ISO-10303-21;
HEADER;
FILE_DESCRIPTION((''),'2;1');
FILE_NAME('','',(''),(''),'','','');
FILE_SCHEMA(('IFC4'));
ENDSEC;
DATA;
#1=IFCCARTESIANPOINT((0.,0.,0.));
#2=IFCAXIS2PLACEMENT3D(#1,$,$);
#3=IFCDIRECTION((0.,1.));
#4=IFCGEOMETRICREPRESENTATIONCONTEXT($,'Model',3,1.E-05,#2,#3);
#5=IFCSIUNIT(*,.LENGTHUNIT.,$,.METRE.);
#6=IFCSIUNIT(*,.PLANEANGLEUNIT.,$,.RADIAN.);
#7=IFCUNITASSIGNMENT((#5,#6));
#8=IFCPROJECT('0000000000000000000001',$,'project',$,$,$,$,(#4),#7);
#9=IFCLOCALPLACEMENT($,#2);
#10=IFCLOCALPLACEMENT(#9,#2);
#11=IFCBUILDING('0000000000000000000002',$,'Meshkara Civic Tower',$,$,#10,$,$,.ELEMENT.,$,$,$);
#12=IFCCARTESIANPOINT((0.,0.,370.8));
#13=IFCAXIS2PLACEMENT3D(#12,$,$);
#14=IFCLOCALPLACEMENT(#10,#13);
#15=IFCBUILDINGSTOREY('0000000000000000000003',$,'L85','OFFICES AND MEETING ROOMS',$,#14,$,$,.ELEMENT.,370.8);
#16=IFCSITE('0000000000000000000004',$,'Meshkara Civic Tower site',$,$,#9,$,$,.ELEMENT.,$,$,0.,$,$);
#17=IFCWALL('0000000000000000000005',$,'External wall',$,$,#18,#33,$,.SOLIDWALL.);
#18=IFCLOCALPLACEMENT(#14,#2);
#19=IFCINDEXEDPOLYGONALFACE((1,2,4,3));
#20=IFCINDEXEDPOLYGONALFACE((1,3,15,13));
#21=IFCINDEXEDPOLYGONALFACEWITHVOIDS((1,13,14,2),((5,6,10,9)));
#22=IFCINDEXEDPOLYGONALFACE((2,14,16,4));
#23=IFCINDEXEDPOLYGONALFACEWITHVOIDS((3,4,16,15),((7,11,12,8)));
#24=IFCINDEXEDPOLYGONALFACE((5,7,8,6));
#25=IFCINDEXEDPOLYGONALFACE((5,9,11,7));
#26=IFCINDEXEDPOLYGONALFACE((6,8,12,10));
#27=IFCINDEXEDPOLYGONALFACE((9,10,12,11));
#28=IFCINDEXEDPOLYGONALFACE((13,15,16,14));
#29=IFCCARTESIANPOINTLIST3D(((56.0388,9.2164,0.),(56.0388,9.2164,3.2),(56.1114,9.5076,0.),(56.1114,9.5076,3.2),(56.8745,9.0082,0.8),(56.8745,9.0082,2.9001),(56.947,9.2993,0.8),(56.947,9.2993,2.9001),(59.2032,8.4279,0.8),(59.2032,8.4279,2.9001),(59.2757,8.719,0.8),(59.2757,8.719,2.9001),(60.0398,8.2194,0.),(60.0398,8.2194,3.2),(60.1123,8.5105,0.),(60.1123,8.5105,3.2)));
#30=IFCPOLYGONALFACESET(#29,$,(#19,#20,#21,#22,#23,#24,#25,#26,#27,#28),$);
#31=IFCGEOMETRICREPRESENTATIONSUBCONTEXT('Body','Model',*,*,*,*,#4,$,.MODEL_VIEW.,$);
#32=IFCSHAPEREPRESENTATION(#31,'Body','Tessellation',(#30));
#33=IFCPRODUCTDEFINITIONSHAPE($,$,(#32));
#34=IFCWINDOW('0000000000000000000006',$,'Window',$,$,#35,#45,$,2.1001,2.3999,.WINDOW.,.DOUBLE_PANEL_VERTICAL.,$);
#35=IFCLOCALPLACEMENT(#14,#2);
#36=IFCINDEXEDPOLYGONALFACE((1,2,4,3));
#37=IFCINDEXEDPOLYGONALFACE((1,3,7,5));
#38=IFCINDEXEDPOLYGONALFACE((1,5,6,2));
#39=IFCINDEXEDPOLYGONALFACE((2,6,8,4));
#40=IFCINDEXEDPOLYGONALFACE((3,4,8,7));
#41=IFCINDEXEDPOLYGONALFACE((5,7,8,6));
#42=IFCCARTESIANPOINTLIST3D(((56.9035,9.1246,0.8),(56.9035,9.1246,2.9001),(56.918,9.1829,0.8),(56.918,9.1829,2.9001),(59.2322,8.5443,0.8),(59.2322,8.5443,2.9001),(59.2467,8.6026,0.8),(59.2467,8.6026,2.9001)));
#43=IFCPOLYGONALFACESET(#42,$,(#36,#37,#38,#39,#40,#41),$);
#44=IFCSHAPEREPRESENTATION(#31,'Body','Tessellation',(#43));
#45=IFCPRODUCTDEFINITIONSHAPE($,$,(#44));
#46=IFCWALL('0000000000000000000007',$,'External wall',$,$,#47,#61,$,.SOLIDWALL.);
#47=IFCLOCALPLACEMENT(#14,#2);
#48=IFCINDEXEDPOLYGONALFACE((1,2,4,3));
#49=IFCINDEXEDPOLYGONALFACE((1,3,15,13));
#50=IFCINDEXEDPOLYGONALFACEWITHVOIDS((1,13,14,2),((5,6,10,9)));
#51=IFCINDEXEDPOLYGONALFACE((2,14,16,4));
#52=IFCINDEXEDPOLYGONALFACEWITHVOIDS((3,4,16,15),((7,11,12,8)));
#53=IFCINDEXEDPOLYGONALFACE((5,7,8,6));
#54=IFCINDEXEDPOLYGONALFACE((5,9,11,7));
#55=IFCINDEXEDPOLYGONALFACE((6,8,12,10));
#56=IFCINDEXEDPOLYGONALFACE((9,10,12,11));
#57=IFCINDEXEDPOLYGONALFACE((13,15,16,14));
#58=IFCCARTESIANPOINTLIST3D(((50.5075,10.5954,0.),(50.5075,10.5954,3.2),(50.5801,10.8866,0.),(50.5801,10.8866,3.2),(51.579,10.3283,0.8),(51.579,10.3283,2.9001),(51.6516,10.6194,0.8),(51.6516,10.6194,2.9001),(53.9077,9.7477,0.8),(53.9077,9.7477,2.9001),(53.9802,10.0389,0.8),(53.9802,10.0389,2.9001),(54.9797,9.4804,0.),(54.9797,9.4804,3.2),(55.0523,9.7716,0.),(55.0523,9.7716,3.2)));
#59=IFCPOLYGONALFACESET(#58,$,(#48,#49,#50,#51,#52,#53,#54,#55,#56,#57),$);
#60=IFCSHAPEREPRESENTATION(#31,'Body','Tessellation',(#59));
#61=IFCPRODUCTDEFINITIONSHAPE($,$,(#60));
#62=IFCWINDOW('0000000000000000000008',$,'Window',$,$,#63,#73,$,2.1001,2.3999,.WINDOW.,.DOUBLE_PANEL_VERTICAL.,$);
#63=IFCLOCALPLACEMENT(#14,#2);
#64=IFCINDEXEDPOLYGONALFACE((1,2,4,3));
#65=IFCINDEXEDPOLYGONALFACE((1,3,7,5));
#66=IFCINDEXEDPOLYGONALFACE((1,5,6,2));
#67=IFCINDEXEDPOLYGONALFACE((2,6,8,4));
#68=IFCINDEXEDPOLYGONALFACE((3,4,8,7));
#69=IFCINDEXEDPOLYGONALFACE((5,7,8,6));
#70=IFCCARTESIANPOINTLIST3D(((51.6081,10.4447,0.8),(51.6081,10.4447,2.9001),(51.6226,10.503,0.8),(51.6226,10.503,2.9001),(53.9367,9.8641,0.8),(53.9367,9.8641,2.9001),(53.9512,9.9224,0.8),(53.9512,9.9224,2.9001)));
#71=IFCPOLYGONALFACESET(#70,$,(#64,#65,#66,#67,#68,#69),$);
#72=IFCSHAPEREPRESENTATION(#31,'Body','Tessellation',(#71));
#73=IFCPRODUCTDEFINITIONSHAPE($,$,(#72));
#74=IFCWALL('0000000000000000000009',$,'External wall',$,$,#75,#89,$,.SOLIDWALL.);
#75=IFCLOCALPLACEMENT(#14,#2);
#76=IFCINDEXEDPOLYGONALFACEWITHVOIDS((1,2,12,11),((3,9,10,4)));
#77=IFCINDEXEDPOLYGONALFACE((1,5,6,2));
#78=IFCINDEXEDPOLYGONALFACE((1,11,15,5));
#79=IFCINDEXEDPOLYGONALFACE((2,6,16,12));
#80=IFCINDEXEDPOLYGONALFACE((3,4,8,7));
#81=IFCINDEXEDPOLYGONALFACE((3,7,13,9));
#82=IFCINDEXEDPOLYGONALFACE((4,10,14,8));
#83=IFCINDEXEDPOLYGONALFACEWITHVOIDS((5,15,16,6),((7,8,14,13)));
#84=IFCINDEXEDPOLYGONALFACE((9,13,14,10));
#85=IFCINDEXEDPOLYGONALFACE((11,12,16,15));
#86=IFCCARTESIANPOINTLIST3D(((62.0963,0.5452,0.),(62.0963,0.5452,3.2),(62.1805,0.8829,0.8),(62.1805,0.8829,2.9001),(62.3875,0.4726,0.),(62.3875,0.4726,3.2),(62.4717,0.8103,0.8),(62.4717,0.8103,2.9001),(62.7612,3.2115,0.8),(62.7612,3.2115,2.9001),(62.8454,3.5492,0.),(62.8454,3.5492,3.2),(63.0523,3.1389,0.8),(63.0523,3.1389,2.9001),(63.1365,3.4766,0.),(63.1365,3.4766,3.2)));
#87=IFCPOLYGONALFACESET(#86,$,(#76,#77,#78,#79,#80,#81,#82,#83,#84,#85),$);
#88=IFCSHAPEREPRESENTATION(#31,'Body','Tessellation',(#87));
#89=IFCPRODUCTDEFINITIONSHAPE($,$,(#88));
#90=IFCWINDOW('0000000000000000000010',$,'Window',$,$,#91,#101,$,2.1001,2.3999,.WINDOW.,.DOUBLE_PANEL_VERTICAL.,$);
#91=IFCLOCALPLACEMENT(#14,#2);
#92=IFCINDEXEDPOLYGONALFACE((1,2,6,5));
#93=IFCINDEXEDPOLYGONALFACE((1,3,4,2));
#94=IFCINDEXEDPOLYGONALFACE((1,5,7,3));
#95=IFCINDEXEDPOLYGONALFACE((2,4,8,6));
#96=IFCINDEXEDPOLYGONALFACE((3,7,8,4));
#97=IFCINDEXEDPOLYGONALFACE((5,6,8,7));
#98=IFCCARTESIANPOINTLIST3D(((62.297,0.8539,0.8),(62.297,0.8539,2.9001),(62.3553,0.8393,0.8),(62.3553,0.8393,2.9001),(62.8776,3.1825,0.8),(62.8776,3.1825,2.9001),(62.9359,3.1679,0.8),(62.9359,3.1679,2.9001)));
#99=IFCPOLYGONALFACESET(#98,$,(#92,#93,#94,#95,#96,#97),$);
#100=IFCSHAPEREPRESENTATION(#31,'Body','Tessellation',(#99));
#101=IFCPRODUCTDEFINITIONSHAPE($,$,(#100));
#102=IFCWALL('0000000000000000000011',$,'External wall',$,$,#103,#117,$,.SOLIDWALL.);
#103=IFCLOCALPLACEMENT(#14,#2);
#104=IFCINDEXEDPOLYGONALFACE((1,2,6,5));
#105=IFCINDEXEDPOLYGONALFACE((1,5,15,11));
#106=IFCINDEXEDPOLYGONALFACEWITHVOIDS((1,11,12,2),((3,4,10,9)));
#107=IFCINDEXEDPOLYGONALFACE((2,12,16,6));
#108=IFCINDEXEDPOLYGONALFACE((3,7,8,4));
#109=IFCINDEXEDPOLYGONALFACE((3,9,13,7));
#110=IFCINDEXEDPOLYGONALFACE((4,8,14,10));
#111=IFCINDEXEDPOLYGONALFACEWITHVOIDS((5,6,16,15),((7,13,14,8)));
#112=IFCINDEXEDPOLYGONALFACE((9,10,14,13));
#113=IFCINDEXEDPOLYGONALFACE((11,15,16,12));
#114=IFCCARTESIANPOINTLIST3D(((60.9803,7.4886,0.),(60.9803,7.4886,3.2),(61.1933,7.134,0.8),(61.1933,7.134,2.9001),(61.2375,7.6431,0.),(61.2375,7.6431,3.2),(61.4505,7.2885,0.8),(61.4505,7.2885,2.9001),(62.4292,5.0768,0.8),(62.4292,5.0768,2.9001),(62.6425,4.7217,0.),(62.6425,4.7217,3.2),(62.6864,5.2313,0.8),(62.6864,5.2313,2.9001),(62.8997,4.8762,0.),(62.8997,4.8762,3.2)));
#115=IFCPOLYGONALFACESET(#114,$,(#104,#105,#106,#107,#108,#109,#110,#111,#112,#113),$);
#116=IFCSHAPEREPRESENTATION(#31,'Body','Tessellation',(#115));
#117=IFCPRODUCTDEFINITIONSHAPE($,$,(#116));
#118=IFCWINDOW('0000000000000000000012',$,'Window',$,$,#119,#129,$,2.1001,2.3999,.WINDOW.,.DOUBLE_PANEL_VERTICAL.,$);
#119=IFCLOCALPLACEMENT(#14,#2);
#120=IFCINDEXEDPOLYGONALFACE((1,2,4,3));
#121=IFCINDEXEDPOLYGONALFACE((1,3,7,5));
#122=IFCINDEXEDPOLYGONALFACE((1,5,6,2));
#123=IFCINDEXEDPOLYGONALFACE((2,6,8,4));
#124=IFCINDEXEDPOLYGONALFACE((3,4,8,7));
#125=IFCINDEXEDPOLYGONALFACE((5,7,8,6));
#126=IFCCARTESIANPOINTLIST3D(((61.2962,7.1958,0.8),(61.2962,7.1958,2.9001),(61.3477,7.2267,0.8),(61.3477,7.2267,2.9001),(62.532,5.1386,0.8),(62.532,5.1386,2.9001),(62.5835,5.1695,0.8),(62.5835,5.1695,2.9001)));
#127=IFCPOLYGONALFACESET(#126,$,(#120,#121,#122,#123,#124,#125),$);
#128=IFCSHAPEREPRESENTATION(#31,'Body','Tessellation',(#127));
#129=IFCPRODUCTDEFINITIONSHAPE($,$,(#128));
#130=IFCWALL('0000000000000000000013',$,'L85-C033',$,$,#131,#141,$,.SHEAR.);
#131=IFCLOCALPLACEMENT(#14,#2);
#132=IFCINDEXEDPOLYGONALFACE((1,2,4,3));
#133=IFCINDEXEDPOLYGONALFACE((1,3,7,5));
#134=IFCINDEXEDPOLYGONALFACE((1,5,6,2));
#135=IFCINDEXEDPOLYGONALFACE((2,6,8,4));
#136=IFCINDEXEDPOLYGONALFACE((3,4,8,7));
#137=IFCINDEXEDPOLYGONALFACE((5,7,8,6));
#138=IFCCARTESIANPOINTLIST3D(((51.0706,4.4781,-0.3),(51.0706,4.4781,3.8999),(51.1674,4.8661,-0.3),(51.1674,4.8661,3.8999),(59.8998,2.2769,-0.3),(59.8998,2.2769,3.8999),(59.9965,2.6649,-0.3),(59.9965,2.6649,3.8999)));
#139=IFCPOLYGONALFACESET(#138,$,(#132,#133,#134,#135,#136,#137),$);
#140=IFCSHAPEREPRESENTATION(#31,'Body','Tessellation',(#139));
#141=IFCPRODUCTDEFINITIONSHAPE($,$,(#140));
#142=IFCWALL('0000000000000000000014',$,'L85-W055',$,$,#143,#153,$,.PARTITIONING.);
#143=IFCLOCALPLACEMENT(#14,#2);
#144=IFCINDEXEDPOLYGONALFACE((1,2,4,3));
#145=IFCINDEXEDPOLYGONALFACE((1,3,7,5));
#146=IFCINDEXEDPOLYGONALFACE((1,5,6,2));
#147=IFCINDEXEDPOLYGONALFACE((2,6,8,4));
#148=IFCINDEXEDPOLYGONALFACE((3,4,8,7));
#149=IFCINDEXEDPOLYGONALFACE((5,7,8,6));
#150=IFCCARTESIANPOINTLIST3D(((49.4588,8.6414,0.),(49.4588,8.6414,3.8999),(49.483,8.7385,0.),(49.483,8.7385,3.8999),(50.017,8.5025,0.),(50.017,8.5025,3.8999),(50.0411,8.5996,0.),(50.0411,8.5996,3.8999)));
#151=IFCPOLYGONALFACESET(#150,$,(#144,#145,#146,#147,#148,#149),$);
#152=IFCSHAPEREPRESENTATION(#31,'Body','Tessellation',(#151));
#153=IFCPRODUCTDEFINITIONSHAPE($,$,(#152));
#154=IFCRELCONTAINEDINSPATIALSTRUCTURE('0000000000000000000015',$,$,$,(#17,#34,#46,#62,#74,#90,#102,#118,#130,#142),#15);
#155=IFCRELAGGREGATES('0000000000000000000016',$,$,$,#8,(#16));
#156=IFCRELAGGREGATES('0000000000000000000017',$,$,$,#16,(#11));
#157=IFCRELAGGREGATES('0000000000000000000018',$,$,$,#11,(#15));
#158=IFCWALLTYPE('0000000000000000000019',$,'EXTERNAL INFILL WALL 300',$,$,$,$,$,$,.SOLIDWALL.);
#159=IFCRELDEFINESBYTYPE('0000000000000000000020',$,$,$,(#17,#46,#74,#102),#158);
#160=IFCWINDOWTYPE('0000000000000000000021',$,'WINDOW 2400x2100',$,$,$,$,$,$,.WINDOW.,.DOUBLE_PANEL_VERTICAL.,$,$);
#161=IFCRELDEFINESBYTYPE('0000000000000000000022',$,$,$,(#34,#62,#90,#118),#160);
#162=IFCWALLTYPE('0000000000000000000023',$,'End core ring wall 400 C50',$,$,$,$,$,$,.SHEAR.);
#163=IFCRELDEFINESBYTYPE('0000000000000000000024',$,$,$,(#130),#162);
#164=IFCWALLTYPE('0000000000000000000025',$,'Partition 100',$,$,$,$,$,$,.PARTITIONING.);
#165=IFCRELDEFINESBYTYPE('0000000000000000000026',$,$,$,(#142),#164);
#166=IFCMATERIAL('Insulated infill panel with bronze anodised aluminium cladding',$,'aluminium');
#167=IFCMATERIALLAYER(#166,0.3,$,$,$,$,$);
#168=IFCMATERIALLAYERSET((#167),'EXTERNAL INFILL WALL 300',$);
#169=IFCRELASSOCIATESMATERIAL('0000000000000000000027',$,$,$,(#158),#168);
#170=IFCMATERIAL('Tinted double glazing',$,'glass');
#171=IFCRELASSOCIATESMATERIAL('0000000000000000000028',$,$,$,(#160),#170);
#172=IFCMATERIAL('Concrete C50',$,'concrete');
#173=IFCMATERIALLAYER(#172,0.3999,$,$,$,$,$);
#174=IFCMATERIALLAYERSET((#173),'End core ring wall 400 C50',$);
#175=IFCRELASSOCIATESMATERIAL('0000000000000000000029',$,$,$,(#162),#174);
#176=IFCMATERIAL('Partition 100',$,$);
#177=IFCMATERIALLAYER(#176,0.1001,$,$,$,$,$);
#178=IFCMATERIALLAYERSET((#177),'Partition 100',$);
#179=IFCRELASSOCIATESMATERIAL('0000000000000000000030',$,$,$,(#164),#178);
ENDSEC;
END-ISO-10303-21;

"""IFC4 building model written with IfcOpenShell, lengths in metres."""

from ifc_helpers import new_model, si_unit, direction, frame, frame_2d, origin, place, context, subcontext, project, spatial, rectangle, extrude, material, layer, layer_set, type_object, element, fill, save


model = new_model("IFC4")

# Units and contexts
model_context = context("Model", 3, precision=1e-05, world=origin(), true_north=direction((0.0, 1.0)))
body_context = subcontext(model_context, "Body", "Model", "MODEL_VIEW")
ifc_project = project(units=[si_unit("LENGTHUNIT", "METRE"), si_unit("PLANEANGLEUNIT", "RADIAN")], contexts=[model_context])

# Site, building, storey
site_placement = place(None, origin())
site = spatial("IfcSite", under=ifc_project, at=site_placement, Name="Meshkara Civic Tower site", CompositionType="ELEMENT", RefElevation=0.0)
building_placement = place(site_placement, origin())
building = spatial("IfcBuilding", under=site, at=building_placement, Name="Meshkara Civic Tower", CompositionType="ELEMENT")
storey_placement = place(building_placement, frame((0.0, 0.0, 370.8)))
storey = spatial("IfcBuildingStorey", under=building, at=storey_placement, Name="L85", Description="OFFICES AND MEETING ROOMS", CompositionType="ELEMENT", Elevation=370.8)

# Walls, openings, windows
ifc_material_1 = material(Name="Insulated infill panel with bronze anodised aluminium cladding", Category="aluminium")
ifc_layer_1 = layer(ifc_material_1, 0.3)
ifc_layer_set_1 = layer_set([ifc_layer_1], Name="EXTERNAL INFILL WALL 300")
wall_type_1 = type_object("IfcWallType", Name="EXTERNAL INFILL WALL 300", PredefinedType="SOLIDWALL", material=ifc_layer_set_1)
wall_1_placement = place(storey_placement, frame((60.0759, 8.365, 0.0), z_axis=(0.0, 0.0, 1.0), x_axis=(-0.970323, 0.241811, 0.0)))
wall_1 = element("IfcWall", 1, at=wall_1_placement, inside=storey, type_object=wall_type_1, Name="External wall", PredefinedType="SOLIDWALL", context=body_context, shape_type="SweptSolid", body=[
    extrude(rectangle(XDim=4.1233, YDim=0.3, at=frame_2d((2.0615, 0.0))), origin(), (0.0, 0.0, 1.0), 3.2),
])
opening_1_placement = place(wall_1_placement, frame((0.8621, 0.0, 0.8)))
opening_1 = element("IfcOpeningElement", 2, at=opening_1_placement, cuts=wall_1, PredefinedType="OPENING", context=body_context, shape_type="SweptSolid", body=[
    extrude(rectangle(XDim=2.3999, YDim=2.1001, at=frame_2d((1.2, 1.05))), frame((0.0, 0.1599, 0.0), z_axis=(0.0, -1.0, 0.0), x_axis=(1.0, 0.0, 0.0)), (0.0, 0.0, 1.0), 0.3201),
])
ifc_material_2 = material(Name="Tinted double glazing", Category="glass")
window_type = type_object("IfcWindowType", Name="WINDOW 2400x2100", PartitioningType="DOUBLE_PANEL_VERTICAL", PredefinedType="WINDOW", material=ifc_material_2)
window_1_placement = place(opening_1_placement, origin())
window_1 = element("IfcWindow", 3, at=window_1_placement, inside=storey, type_object=window_type, Name="Window", OverallHeight=2.1001, OverallWidth=2.3999, PartitioningType="DOUBLE_PANEL_VERTICAL", PredefinedType="WINDOW", context=body_context, shape_type="SweptSolid", body=[
    extrude(rectangle(XDim=2.3999, YDim=2.1001, at=frame_2d((1.2, 1.05))), frame((0.0, 0.03, 0.0), z_axis=(0.0, -1.0, 0.0), x_axis=(1.0, 0.0, 0.0)), (0.0, 0.0, 1.0), 0.0601),
])
fill(opening_1, window_1)
wall_2_placement = place(storey_placement, frame((55.0161, 9.626, 0.0), z_axis=(0.0, 0.0, 1.0), x_axis=(-0.970298, 0.241912, 0.0)))
wall_2 = element("IfcWall", 4, at=wall_2_placement, inside=storey, type_object=wall_type_1, Name="External wall", PredefinedType="SOLIDWALL", context=body_context, shape_type="SweptSolid", body=[
    extrude(rectangle(XDim=4.6091, YDim=0.3, at=frame_2d((2.3047, 0.0))), origin(), (0.0, 0.0, 1.0), 3.2),
])
opening_2_placement = place(wall_2_placement, frame((1.105, 0.0, 0.8)))
opening_2 = element("IfcOpeningElement", 5, at=opening_2_placement, cuts=wall_2, PredefinedType="OPENING", context=body_context, shape_type="SweptSolid", body=[
    extrude(rectangle(XDim=2.3999, YDim=2.1001, at=frame_2d((1.2, 1.05))), frame((0.0, 0.1599, 0.0), z_axis=(0.0, -1.0, 0.0), x_axis=(1.0, 0.0, 0.0)), (0.0, 0.0, 1.0), 0.3201),
])
window_2_placement = place(opening_2_placement, origin())
window_2 = element("IfcWindow", 6, at=window_2_placement, inside=storey, type_object=window_type, Name="Window", OverallHeight=2.1001, OverallWidth=2.3999, PartitioningType="DOUBLE_PANEL_VERTICAL", PredefinedType="WINDOW", context=body_context, shape_type="SweptSolid", body=[
    extrude(rectangle(XDim=2.3999, YDim=2.1001, at=frame_2d((1.2, 1.05))), frame((0.0, 0.03, 0.0), z_axis=(0.0, -1.0, 0.0), x_axis=(1.0, 0.0, 0.0)), (0.0, 0.0, 1.0), 0.0601),
])
fill(opening_2, window_2)
wall_3_placement = place(storey_placement, frame((62.2419, 0.509, 0.0), z_axis=(0.0, 0.0, 1.0), x_axis=(0.241942, 0.970291, 0.0)))
wall_3 = element("IfcWall", 7, at=wall_3_placement, inside=storey, type_object=wall_type_1, Name="External wall", PredefinedType="SOLIDWALL", context=body_context, shape_type="SweptSolid", body=[
    extrude(rectangle(XDim=3.0959, YDim=0.3, at=frame_2d((1.5479, 0.0))), origin(), (0.0, 0.0, 1.0), 3.2),
])
opening_3_placement = place(wall_3_placement, frame((0.3479, 0.0, 0.8)))
opening_3 = element("IfcOpeningElement", 8, at=opening_3_placement, cuts=wall_3, PredefinedType="OPENING", context=body_context, shape_type="SweptSolid", body=[
    extrude(rectangle(XDim=2.3999, YDim=2.1001, at=frame_2d((1.2, 1.05))), frame((0.0, 0.1599, 0.0), z_axis=(0.0, -1.0, 0.0), x_axis=(1.0, 0.0, 0.0)), (0.0, 0.0, 1.0), 0.3201),
])
window_3_placement = place(opening_3_placement, origin())
window_3 = element("IfcWindow", 9, at=window_3_placement, inside=storey, type_object=window_type, Name="Window", OverallHeight=2.1001, OverallWidth=2.3999, PartitioningType="DOUBLE_PANEL_VERTICAL", PredefinedType="WINDOW", context=body_context, shape_type="SweptSolid", body=[
    extrude(rectangle(XDim=2.3999, YDim=2.1001, at=frame_2d((1.2, 1.05))), frame((0.0, 0.03, 0.0), z_axis=(0.0, -1.0, 0.0), x_axis=(1.0, 0.0, 0.0)), (0.0, 0.0, 1.0), 0.0601),
])
fill(opening_3, window_3)
wall_4_placement = place(storey_placement, frame((62.771, 4.7991, 0.0), z_axis=(0.0, 0.0, 1.0), x_axis=(-0.514952, 0.857219, 0.0)))
wall_4 = element("IfcWall", 10, at=wall_4_placement, inside=storey, type_object=wall_type_1, Name="External wall", PredefinedType="SOLIDWALL", context=body_context, shape_type="SweptSolid", body=[
    extrude(rectangle(XDim=3.2278, YDim=0.3, at=frame_2d((1.6138, 0.0))), origin(), (0.0, 0.0, 1.0), 3.2),
])
opening_4_placement = place(wall_4_placement, frame((0.4141, 0.0, 0.8)))
opening_4 = element("IfcOpeningElement", 11, at=opening_4_placement, cuts=wall_4, PredefinedType="OPENING", context=body_context, shape_type="SweptSolid", body=[
    extrude(rectangle(XDim=2.3999, YDim=2.1001, at=frame_2d((1.2, 1.05))), frame((0.0, 0.1599, 0.0), z_axis=(0.0, -1.0, 0.0), x_axis=(1.0, 0.0, 0.0)), (0.0, 0.0, 1.0), 0.3201),
])
window_4_placement = place(opening_4_placement, origin())
window_4 = element("IfcWindow", 12, at=window_4_placement, inside=storey, type_object=window_type, Name="Window", OverallHeight=2.1001, OverallWidth=2.3999, PartitioningType="DOUBLE_PANEL_VERTICAL", PredefinedType="WINDOW", context=body_context, shape_type="SweptSolid", body=[
    extrude(rectangle(XDim=2.3999, YDim=2.1001, at=frame_2d((1.2, 1.05))), frame((0.0, 0.03, 0.0), z_axis=(0.0, -1.0, 0.0), x_axis=(1.0, 0.0, 0.0)), (0.0, 0.0, 1.0), 0.0601),
])
fill(opening_4, window_4)

# Walls
ifc_material_3 = material(Name="Concrete C50", Category="concrete")
ifc_layer_2 = layer(ifc_material_3, 0.3999)
ifc_layer_set_2 = layer_set([ifc_layer_2], Name="End core ring wall 400 C50")
wall_type_2 = type_object("IfcWallType", Name="End core ring wall 400 C50", PredefinedType="SHEAR", material=ifc_layer_set_2)
wall_5_placement = place(storey_placement, frame((51.1189, 4.6721, -0.3), z_axis=(0.0, 0.0, 1.0), x_axis=(0.9703, -0.241904, 0.0)))
element("IfcWall", 13, at=wall_5_placement, inside=storey, type_object=wall_type_2, Name="L85-C033", PredefinedType="SHEAR", context=body_context, shape_type="SweptSolid", body=[
    extrude(rectangle(XDim=9.0994, YDim=0.3999, at=frame_2d((4.5498, 0.0))), origin(), (0.0, 0.0, 1.0), 4.2),
])
ifc_material_4 = material(Name="Partition 100")
ifc_layer_3 = layer(ifc_material_4, 0.1001)
ifc_layer_set_3 = layer_set([ifc_layer_3], Name="Partition 100")
wall_type_3 = type_object("IfcWallType", Name="Partition 100", PredefinedType="PARTITIONING", material=ifc_layer_set_3)
wall_6_placement = place(storey_placement, frame((50.0291, 8.551, 0.0), z_axis=(0.0, 0.0, 1.0), x_axis=(-0.970392, 0.241537, 0.0)))
element("IfcWall", 14, at=wall_6_placement, inside=storey, type_object=wall_type_3, Name="L85-W055", PredefinedType="PARTITIONING", context=body_context, shape_type="SweptSolid", body=[
    extrude(rectangle(XDim=0.5752, YDim=0.1001, at=frame_2d((0.2876, 0.0))), origin(), (0.0, 0.0, 1.0), 3.8999),
])

save(model, "model.ifc")
